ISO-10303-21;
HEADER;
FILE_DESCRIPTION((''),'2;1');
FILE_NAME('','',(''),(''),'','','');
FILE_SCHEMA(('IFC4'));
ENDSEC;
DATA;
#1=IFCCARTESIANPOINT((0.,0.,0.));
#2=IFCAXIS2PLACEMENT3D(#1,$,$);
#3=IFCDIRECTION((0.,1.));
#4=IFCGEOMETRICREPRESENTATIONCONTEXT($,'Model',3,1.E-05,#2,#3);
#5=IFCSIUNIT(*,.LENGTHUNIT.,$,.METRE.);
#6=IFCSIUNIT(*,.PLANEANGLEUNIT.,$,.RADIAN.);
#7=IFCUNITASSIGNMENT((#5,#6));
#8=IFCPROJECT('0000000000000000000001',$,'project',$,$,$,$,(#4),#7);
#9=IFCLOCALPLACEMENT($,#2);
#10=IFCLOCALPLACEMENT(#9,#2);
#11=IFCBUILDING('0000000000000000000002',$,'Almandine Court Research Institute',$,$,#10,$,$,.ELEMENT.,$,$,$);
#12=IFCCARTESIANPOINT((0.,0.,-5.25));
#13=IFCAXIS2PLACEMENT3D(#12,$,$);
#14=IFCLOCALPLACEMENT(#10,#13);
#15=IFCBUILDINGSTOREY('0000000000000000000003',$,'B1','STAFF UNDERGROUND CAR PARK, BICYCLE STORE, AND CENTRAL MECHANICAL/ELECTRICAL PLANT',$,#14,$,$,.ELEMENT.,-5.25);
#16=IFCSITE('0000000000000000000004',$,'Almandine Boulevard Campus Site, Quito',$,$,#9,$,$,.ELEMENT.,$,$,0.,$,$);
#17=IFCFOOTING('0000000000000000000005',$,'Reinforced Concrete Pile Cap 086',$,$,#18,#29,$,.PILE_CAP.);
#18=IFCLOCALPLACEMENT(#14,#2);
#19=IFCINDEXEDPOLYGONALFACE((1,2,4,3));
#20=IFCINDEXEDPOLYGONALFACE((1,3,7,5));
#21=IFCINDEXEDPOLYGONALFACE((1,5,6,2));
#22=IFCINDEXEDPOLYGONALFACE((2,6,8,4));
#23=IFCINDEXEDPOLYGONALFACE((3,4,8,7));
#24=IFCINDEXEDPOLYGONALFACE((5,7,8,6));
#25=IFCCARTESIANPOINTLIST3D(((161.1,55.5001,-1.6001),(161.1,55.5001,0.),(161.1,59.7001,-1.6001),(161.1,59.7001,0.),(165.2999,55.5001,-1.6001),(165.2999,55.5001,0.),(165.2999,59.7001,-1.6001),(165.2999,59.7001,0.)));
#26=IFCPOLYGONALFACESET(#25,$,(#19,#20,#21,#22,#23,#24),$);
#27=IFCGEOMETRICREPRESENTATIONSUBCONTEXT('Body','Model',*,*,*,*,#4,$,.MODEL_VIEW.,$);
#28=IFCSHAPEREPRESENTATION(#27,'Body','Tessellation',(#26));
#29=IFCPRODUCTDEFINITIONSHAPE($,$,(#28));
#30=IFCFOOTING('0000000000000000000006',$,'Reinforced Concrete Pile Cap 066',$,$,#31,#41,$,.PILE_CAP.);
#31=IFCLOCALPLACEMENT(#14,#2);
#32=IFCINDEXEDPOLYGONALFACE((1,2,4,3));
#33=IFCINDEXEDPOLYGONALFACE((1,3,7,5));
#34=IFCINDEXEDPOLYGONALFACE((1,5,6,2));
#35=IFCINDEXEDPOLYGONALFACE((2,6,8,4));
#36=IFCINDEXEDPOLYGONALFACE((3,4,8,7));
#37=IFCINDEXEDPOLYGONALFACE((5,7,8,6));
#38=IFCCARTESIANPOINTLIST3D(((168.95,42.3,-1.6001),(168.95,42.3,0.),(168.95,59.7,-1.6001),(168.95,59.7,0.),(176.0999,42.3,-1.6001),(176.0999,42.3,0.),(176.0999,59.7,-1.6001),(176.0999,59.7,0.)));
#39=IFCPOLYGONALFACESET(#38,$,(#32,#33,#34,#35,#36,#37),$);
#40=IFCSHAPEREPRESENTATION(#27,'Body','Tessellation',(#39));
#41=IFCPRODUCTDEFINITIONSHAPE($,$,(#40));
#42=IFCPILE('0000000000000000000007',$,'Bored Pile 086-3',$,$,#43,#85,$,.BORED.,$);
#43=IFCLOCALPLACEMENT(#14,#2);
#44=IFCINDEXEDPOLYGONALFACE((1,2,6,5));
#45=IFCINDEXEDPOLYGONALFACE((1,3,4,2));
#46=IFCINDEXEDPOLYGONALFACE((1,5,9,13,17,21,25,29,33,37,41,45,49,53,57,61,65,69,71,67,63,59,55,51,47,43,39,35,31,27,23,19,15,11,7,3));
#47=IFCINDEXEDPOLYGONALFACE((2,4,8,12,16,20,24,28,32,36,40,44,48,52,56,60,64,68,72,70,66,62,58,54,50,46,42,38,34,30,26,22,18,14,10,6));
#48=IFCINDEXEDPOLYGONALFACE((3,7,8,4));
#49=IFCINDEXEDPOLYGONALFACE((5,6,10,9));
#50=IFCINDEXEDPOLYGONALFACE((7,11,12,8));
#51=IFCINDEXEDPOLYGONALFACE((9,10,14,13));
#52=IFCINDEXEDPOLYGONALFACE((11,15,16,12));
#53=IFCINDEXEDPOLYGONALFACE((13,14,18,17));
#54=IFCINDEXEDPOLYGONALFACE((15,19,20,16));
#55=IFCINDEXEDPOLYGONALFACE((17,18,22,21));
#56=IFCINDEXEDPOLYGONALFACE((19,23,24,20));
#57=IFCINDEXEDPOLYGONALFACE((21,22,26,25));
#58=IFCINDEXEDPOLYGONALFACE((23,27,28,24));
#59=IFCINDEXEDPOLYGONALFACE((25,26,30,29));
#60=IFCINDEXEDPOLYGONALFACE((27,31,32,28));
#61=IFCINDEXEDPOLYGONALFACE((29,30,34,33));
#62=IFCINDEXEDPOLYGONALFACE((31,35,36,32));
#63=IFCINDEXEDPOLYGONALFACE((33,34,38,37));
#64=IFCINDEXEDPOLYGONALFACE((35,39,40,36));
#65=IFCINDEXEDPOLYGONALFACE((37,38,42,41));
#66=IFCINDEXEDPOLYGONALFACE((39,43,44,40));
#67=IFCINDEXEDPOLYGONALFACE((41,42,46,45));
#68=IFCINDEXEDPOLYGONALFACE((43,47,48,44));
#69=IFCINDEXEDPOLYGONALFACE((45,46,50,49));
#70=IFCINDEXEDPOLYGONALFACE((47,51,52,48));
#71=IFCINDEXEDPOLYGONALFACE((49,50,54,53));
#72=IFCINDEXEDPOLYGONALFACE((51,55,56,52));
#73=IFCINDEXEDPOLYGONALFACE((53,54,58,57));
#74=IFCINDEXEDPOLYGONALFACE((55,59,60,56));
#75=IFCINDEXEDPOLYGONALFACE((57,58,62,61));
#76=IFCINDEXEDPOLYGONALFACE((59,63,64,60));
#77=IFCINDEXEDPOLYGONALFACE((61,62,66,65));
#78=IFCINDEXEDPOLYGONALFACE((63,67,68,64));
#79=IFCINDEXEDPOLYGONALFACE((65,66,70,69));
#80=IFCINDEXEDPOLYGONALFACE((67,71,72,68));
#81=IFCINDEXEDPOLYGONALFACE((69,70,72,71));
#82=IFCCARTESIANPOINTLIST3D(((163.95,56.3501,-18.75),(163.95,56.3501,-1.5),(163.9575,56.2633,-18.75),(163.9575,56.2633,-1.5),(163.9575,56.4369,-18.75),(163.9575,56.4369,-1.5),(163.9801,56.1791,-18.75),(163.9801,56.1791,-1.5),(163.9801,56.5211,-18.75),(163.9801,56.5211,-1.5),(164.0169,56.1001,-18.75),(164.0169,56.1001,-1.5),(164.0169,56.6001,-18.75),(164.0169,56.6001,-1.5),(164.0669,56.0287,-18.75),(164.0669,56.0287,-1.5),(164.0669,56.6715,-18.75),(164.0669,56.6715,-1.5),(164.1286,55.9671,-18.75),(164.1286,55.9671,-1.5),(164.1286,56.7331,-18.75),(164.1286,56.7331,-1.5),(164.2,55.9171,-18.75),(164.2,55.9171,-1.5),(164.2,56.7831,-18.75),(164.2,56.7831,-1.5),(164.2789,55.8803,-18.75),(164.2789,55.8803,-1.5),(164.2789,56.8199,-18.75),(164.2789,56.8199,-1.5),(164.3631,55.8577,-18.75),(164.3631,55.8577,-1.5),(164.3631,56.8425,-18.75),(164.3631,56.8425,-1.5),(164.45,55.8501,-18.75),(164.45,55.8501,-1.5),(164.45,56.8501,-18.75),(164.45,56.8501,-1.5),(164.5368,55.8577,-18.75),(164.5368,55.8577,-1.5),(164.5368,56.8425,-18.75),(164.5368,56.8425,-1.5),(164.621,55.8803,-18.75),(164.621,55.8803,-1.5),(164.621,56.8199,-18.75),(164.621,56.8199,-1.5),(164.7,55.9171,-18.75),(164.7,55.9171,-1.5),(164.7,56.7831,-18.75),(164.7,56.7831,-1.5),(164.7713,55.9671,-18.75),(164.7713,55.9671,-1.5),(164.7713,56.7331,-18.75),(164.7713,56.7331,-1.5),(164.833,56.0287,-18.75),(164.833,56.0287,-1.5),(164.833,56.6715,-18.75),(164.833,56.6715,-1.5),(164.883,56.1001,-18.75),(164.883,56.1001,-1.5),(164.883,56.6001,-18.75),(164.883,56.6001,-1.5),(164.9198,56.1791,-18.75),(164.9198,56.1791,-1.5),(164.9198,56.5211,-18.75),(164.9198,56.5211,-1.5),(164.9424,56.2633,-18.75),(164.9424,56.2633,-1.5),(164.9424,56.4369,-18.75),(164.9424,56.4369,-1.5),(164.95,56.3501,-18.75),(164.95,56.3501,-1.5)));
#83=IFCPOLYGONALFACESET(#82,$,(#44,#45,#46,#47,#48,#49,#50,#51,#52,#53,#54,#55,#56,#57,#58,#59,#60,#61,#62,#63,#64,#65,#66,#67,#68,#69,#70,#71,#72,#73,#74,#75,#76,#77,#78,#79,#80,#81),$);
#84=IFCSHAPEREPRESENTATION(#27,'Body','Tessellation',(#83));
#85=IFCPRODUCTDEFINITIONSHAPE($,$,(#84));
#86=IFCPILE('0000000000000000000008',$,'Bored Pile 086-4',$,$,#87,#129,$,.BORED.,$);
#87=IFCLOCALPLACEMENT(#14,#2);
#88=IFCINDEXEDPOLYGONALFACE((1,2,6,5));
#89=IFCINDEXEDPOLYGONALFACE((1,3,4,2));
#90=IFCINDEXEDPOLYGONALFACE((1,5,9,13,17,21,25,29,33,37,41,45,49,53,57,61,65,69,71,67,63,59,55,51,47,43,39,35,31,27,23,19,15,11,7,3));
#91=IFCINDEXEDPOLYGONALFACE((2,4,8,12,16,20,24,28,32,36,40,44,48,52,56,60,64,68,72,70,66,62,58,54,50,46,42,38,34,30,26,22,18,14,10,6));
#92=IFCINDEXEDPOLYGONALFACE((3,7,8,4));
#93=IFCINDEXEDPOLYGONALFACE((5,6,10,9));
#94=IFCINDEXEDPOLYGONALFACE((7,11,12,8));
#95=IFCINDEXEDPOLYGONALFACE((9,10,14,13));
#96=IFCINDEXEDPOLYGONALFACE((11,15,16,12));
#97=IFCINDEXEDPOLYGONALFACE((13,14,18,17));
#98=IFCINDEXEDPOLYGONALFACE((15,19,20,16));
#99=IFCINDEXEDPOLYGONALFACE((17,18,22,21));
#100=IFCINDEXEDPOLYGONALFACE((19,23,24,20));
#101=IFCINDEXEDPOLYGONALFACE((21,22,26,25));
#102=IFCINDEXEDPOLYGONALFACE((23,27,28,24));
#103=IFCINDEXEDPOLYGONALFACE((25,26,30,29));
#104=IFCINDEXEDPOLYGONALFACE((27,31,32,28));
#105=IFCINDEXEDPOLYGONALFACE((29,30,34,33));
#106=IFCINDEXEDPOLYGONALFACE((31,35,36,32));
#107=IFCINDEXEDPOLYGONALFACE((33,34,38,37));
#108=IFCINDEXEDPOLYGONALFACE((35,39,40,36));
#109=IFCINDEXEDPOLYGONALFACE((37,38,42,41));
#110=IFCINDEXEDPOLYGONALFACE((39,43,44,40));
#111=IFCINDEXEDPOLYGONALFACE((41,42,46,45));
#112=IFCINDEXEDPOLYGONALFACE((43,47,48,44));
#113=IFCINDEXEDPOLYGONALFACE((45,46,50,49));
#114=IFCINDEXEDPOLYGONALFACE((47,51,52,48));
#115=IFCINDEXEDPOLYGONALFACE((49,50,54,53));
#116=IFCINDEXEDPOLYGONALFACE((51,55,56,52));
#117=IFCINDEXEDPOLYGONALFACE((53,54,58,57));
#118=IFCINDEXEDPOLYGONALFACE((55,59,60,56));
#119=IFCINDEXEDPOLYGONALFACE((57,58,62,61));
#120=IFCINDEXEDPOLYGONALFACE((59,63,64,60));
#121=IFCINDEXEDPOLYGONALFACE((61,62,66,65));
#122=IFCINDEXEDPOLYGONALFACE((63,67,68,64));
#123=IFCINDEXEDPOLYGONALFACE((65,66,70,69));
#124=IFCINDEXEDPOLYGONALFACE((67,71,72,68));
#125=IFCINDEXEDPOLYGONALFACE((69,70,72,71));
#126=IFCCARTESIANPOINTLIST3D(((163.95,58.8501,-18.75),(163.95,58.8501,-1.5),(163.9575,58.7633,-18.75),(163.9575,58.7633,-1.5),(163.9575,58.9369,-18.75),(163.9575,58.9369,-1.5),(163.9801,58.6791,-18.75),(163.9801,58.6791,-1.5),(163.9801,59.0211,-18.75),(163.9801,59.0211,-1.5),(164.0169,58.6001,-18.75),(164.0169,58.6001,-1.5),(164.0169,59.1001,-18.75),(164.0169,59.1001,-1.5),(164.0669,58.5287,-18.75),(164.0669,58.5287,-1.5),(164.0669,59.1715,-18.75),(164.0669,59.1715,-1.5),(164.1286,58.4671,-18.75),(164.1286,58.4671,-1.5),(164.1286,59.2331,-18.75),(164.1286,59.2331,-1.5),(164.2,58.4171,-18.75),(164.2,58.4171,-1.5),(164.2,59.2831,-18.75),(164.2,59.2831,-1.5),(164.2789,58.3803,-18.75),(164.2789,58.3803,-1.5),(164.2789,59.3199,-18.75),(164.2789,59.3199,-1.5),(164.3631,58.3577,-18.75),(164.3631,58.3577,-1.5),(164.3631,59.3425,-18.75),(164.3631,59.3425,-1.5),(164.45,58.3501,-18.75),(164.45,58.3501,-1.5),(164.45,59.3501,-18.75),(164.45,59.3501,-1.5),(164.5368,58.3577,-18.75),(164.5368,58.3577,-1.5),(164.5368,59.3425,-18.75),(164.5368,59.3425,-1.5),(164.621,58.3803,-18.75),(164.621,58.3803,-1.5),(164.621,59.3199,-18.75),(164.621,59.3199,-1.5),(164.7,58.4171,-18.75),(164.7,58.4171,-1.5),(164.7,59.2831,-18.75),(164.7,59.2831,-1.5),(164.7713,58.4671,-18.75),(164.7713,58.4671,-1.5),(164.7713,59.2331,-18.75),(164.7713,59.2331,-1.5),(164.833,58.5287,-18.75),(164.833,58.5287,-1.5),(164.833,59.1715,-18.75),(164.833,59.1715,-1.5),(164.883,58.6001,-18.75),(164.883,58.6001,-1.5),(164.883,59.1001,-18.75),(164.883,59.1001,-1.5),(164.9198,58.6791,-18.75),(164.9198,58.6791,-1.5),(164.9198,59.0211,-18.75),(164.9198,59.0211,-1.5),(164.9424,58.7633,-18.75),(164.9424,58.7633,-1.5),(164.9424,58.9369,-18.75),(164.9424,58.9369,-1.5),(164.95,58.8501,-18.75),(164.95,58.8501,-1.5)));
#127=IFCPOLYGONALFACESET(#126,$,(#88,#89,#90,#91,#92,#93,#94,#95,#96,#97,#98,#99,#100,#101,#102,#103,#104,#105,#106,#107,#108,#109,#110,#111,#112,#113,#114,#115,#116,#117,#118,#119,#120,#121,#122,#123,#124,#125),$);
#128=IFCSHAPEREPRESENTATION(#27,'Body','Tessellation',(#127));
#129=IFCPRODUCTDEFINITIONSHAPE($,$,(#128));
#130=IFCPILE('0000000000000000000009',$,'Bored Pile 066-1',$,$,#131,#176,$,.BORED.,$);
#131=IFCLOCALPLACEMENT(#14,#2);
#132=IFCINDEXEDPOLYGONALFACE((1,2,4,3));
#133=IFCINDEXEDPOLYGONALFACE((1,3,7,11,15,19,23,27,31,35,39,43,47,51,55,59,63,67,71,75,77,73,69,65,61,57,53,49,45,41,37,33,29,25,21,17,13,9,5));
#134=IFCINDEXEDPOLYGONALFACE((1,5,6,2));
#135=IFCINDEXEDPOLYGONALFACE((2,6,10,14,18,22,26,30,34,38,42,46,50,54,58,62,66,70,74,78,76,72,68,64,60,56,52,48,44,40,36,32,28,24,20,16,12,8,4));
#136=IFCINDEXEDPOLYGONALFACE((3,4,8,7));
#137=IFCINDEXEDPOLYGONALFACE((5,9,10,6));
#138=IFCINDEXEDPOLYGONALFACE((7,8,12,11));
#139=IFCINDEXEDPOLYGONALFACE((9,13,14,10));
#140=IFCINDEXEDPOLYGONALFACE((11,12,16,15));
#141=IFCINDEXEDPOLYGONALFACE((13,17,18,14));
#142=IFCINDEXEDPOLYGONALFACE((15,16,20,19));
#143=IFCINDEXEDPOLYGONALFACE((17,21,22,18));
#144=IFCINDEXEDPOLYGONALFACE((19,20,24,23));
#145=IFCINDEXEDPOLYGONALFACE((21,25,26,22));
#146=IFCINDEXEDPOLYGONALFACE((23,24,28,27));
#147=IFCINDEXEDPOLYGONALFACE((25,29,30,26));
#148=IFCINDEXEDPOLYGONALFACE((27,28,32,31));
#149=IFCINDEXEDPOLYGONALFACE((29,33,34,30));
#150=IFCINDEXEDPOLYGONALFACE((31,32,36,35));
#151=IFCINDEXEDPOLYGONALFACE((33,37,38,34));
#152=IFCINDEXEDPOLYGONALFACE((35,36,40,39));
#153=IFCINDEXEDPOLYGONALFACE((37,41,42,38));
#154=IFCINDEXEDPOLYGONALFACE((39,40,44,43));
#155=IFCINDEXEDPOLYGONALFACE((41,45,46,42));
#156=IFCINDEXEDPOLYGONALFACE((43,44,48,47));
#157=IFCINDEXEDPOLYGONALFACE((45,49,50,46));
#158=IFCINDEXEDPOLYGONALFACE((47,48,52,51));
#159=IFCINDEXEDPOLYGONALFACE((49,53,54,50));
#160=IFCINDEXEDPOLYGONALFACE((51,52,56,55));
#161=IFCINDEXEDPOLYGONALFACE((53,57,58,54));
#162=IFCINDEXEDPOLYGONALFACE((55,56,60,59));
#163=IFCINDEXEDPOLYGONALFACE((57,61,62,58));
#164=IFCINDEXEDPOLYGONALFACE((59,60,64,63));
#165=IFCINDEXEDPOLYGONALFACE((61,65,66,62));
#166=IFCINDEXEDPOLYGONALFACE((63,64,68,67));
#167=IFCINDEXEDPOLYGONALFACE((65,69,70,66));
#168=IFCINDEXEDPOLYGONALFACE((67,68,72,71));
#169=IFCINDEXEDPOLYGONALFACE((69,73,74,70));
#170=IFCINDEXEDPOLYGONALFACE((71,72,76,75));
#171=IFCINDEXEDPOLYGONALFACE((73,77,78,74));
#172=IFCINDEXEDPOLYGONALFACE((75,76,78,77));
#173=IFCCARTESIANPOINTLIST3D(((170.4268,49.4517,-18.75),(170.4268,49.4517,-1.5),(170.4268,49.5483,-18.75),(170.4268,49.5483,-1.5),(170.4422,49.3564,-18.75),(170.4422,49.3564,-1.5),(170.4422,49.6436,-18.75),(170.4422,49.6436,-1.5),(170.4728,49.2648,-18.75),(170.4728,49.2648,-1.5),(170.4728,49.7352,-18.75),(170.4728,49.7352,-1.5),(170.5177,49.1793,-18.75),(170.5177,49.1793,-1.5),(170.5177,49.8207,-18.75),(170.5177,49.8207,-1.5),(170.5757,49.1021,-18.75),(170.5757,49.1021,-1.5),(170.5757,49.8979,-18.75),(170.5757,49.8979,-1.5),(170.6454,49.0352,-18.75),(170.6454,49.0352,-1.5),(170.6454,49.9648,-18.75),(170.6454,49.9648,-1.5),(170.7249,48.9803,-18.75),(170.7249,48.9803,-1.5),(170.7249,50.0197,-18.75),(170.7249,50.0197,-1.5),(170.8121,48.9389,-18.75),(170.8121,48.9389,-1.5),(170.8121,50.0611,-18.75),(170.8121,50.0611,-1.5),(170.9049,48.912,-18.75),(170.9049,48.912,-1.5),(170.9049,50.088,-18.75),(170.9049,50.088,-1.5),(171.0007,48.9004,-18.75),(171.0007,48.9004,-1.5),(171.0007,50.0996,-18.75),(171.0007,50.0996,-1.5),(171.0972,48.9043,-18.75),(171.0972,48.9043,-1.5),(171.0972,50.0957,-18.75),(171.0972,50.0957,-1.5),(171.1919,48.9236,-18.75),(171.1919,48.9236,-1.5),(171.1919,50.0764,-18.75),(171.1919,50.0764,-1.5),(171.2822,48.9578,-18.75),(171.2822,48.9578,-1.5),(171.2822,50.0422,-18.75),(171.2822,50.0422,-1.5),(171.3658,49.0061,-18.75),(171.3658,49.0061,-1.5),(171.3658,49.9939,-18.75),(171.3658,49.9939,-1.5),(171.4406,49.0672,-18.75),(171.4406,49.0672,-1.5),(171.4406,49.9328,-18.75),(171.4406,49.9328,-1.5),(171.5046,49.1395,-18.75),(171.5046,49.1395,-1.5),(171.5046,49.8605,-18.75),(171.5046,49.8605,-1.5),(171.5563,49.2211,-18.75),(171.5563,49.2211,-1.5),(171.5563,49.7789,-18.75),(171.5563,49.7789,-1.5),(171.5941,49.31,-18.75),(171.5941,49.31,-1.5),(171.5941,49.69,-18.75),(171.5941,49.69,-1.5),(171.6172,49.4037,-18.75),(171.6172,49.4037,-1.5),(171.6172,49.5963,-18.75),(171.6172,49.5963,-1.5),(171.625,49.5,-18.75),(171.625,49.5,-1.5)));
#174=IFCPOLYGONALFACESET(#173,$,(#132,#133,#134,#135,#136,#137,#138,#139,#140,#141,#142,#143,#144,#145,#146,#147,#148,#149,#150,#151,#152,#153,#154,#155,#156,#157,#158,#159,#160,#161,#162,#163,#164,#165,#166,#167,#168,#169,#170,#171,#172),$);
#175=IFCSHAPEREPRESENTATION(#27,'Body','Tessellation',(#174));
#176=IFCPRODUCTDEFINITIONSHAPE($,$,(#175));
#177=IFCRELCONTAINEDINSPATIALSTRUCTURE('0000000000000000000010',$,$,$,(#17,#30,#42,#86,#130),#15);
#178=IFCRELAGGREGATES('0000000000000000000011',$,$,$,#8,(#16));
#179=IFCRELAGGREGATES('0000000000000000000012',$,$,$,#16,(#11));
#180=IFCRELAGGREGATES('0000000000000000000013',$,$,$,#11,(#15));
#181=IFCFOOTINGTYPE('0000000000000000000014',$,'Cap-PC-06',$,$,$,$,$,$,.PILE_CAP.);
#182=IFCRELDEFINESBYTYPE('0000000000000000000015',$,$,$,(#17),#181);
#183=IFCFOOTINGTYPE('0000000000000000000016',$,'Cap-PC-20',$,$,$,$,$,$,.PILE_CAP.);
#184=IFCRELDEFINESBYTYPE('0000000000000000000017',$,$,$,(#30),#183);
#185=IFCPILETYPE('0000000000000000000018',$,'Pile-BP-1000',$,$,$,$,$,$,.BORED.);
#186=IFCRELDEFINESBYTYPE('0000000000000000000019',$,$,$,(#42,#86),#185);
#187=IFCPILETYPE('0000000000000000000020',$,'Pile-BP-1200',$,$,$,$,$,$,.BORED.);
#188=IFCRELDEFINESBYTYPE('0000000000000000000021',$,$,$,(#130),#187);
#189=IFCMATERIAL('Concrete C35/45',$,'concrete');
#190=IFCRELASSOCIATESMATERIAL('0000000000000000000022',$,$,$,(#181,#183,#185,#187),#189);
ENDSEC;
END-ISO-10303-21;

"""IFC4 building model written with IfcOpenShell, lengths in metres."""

from ifc_helpers import new_model, si_unit, direction, frame, origin, origin_2d, place, context, subcontext, project, spatial, rectangle, circle, extrude, material, material_profile, profile_set, type_object, element, save


model = new_model("IFC4")

# Units and contexts
model_context = context("Model", 3, precision=1e-05, world=origin(), true_north=direction((0.0, 1.0)))
body_context = subcontext(model_context, "Body", "Model", "MODEL_VIEW")
ifc_project = project(units=[si_unit("LENGTHUNIT", "METRE"), si_unit("PLANEANGLEUNIT", "RADIAN")], contexts=[model_context])

# Site, building, storey
site_placement = place(None, origin())
site = spatial("IfcSite", under=ifc_project, at=site_placement, Name="Almandine Boulevard Campus Site, Quito", CompositionType="ELEMENT", RefElevation=0.0)
building_placement = place(site_placement, origin())
building = spatial("IfcBuilding", under=site, at=building_placement, Name="Almandine Court Research Institute", CompositionType="ELEMENT")
storey_placement = place(building_placement, frame((0.0, 0.0, -5.25)))
storey = spatial("IfcBuildingStorey", under=building, at=storey_placement, Name="B1", Description="STAFF UNDERGROUND CAR PARK, BICYCLE STORE, AND CENTRAL MECHANICAL/ELECTRICAL PLANT", CompositionType="ELEMENT", Elevation=-5.25)

# Footings
ifc_material_1 = material(Name="Concrete C35/45", Category="concrete")
footing_type_1 = type_object("IfcFootingType", Name="Cap-PC-06", PredefinedType="PILE_CAP", material=ifc_material_1)
footing_1_placement = place(storey_placement, frame((163.2, 57.6001, -1.6001), z_axis=(0.0, 0.0, 1.0), x_axis=(1.0, 0.0, 0.0)))
element("IfcFooting", 1, at=footing_1_placement, inside=storey, type_object=footing_type_1, Name="Reinforced Concrete Pile Cap 086", PredefinedType="PILE_CAP", context=body_context, shape_type="SweptSolid", body=[
    extrude(rectangle(XDim=4.2, YDim=4.2, at=origin_2d()), origin(), (0.0, 0.0, 1.0), 1.6001),
])
footing_type_2 = type_object("IfcFootingType", Name="Cap-PC-20", PredefinedType="PILE_CAP", material=ifc_material_1)
footing_2_placement = place(storey_placement, frame((172.5249, 51.0, -1.6001), z_axis=(0.0, 0.0, 1.0), x_axis=(1.0, 0.0, 0.0)))
element("IfcFooting", 2, at=footing_2_placement, inside=storey, type_object=footing_type_2, Name="Reinforced Concrete Pile Cap 066", PredefinedType="PILE_CAP", context=body_context, shape_type="SweptSolid", body=[
    extrude(rectangle(XDim=7.1499, YDim=17.3999, at=origin_2d()), origin(), (0.0, 0.0, 1.0), 1.6001),
])

# Piles
ifc_material_profile_1 = material_profile(ifc_material_1, circle(Radius=0.5, at=origin_2d()), Name="BORED PILE D1000")
ifc_profile_set_1 = profile_set([ifc_material_profile_1], Name="Concrete C35/45")
pile_type_1 = type_object("IfcPileType", Name="Pile-BP-1000", PredefinedType="BORED", material=ifc_profile_set_1)
for number, where, z_axis, x_axis, name in (
    (3, (164.45, 56.3501, -1.5), (0.0, 0.0, -1.0), (1.0, 0.0, 0.0), "Bored Pile 086-3"),
    (4, (164.45, 58.8501, -1.5), (0.0, 0.0, -1.0), (1.0, 0.0, 0.0), "Bored Pile 086-4"),
):
    element("IfcPile", number, at=place(storey_placement, frame(where, z_axis=z_axis, x_axis=x_axis)), inside=storey, type_object=pile_type_1, Name=name, PredefinedType="BORED", context=body_context, shape_type="SweptSolid", body=[
        extrude(circle(Radius=0.5, at=origin_2d()), origin(), (0.0, 0.0, 1.0), 17.25),
    ])
ifc_material_profile_2 = material_profile(ifc_material_1, circle(Radius=0.6001, at=origin_2d()), Name="BORED PILE D1200")
ifc_profile_set_2 = profile_set([ifc_material_profile_2], Name="Concrete C35/45")
pile_type_2 = type_object("IfcPileType", Name="Pile-BP-1200", PredefinedType="BORED", material=ifc_profile_set_2)
for number, where, z_axis, x_axis, name in (
    (5, (171.0249, 49.5, -1.5), (0.0, 0.0, -1.0), (1.0, 0.0, 0.0), "Bored Pile 066-1"),
):
    element("IfcPile", number, at=place(storey_placement, frame(where, z_axis=z_axis, x_axis=x_axis)), inside=storey, type_object=pile_type_2, Name=name, PredefinedType="BORED", context=body_context, shape_type="SweptSolid", body=[
        extrude(circle(Radius=0.6001, at=origin_2d()), origin(), (0.0, 0.0, 1.0), 17.25),
    ])

save(model, "model.ifc")
